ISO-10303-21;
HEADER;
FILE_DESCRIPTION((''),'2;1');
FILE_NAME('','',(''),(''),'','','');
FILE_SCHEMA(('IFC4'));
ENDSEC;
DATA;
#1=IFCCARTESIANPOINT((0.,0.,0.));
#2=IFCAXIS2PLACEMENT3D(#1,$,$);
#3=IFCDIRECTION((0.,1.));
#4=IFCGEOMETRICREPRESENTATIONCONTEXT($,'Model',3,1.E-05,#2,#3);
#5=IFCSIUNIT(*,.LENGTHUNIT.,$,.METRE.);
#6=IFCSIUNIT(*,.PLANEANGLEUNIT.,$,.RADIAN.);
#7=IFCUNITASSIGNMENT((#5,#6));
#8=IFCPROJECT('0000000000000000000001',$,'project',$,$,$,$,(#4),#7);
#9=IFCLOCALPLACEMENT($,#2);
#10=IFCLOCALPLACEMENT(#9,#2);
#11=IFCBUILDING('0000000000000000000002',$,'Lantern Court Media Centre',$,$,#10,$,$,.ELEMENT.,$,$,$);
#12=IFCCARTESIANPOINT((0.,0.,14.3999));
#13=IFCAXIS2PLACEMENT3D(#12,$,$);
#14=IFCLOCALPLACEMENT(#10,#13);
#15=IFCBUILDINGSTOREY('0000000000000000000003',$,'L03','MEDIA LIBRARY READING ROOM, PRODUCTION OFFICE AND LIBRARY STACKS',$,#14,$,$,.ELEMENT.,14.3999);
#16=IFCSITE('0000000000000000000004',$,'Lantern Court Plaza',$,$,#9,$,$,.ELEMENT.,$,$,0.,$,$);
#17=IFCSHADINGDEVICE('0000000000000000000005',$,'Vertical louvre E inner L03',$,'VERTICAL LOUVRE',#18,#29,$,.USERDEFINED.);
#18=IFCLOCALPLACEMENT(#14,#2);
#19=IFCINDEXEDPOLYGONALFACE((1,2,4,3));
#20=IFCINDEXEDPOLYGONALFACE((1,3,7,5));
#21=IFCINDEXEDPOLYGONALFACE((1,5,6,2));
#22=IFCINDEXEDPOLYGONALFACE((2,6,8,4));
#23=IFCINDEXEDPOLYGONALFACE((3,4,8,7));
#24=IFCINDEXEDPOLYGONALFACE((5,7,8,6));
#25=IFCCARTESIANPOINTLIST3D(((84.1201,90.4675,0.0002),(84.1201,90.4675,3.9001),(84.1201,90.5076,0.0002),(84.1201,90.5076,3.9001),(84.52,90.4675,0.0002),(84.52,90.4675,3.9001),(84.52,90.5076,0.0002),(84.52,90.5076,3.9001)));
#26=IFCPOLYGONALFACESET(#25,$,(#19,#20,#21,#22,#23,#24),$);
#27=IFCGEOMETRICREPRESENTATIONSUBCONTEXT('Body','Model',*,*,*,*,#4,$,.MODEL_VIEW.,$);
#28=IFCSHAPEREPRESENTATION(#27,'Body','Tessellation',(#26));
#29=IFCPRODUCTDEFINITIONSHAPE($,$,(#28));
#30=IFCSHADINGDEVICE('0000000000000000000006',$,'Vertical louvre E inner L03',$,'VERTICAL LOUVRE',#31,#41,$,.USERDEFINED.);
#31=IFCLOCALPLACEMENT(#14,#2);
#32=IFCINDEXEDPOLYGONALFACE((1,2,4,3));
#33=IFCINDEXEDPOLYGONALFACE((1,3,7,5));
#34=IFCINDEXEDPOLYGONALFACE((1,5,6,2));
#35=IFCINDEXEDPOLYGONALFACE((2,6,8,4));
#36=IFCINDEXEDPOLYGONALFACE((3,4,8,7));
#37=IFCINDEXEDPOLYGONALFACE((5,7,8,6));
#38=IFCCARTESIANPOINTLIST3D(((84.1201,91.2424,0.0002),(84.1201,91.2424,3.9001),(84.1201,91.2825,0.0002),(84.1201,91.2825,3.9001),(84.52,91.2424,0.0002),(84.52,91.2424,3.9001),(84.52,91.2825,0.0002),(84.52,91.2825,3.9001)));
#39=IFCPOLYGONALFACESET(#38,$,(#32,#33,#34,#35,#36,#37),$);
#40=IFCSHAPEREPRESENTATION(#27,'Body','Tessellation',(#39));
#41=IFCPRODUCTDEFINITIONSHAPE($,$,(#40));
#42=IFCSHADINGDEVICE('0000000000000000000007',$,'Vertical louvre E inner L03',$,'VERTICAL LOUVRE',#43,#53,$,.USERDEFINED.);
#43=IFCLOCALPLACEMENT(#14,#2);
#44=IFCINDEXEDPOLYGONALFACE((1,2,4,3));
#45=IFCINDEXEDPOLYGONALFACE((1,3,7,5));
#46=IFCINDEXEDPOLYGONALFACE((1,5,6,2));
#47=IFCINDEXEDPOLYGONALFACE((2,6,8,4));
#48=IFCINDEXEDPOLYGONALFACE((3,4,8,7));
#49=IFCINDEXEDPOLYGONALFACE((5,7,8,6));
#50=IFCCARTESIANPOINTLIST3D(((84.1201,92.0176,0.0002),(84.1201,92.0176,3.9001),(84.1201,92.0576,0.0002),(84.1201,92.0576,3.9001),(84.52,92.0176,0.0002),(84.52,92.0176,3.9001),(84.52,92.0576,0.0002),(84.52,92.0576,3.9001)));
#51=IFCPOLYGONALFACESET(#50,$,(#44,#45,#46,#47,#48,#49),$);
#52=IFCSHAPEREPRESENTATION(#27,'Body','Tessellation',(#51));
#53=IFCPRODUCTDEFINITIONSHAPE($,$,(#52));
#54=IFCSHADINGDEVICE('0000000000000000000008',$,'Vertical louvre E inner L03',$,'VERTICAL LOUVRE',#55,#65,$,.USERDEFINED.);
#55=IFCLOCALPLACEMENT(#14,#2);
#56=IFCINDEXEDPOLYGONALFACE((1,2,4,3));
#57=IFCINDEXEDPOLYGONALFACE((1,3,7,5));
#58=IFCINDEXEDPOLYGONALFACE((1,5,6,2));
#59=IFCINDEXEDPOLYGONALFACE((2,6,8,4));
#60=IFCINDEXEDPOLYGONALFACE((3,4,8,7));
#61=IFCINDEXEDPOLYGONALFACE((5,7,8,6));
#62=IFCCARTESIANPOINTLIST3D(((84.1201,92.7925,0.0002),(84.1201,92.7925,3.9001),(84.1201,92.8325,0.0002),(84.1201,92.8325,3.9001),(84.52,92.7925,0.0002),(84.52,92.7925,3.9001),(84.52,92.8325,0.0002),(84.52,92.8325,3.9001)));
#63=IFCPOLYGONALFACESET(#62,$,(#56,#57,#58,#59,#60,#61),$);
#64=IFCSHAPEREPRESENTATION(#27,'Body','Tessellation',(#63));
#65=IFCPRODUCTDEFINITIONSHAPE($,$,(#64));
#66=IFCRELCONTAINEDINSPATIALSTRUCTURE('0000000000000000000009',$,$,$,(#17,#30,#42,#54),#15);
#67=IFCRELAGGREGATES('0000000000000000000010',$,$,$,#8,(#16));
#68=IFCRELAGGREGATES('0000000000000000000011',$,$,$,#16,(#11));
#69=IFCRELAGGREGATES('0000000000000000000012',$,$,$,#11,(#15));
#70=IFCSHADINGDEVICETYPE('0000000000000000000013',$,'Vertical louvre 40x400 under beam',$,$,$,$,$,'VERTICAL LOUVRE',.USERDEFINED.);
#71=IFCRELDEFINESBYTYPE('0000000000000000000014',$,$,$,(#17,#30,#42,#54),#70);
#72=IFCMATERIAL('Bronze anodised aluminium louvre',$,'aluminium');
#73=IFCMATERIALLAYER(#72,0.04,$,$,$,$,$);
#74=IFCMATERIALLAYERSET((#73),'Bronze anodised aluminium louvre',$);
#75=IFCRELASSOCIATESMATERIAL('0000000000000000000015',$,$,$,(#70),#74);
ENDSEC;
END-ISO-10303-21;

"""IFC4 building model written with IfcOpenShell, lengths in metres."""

from ifc_helpers import new_model, si_unit, direction, frame, origin, origin_2d, place, context, subcontext, project, spatial, rectangle, extrude, material, layer, layer_set, type_object, element, save


model = new_model("IFC4")

# Units and contexts
model_context = context("Model", 3, precision=1e-05, world=origin(), true_north=direction((0.0, 1.0)))
body_context = subcontext(model_context, "Body", "Model", "MODEL_VIEW")
ifc_project = project(units=[si_unit("LENGTHUNIT", "METRE"), si_unit("PLANEANGLEUNIT", "RADIAN")], contexts=[model_context])

# Site, building, storey
site_placement = place(None, origin())
site = spatial("IfcSite", under=ifc_project, at=site_placement, Name="Lantern Court Plaza", CompositionType="ELEMENT", RefElevation=0.0)
building_placement = place(site_placement, origin())
building = spatial("IfcBuilding", under=site, at=building_placement, Name="Lantern Court Media Centre", CompositionType="ELEMENT")
storey_placement = place(building_placement, frame((0.0, 0.0, 14.3999)))
storey = spatial("IfcBuildingStorey", under=building, at=storey_placement, Name="L03", Description="MEDIA LIBRARY READING ROOM, PRODUCTION OFFICE AND LIBRARY STACKS", CompositionType="ELEMENT", Elevation=14.3999)

# Shading devices
ifc_material_1 = material(Name="Bronze anodised aluminium louvre", Category="aluminium")
ifc_layer_1 = layer(ifc_material_1, 0.04)
ifc_layer_set_1 = layer_set([ifc_layer_1], Name="Bronze anodised aluminium louvre")
shading_device_type = type_object("IfcShadingDeviceType", Name="Vertical louvre 40x400 under beam", ElementType="VERTICAL LOUVRE", PredefinedType="USERDEFINED", material=ifc_layer_set_1)
for number, where, z_axis, x_axis, name in (
    (1, (84.3201, 90.4875, 0.0002), (0.0, 0.0, 1.0), (1.0, 0.0, 0.0), "Vertical louvre E inner L03"),
    (2, (84.3201, 91.2625, 0.0002), (0.0, 0.0, 1.0), (1.0, 0.0, 0.0), "Vertical louvre E inner L03"),
    (3, (84.3201, 92.0376, 0.0002), (0.0, 0.0, 1.0), (1.0, 0.0, 0.0), "Vertical louvre E inner L03"),
    (4, (84.3201, 92.8125, 0.0002), (0.0, 0.0, 1.0), (1.0, 0.0, 0.0), "Vertical louvre E inner L03"),
):
    element("IfcShadingDevice", number, at=place(storey_placement, frame(where, z_axis=z_axis, x_axis=x_axis)), inside=storey, type_object=shading_device_type, Name=name, ObjectType="VERTICAL LOUVRE", PredefinedType="USERDEFINED", context=body_context, shape_type="SweptSolid", body=[
        extrude(rectangle(XDim=0.3999, YDim=0.04, at=origin_2d()), origin(), (0.0, 0.0, 1.0), 3.8999),
    ])

save(model, "model.ifc")
